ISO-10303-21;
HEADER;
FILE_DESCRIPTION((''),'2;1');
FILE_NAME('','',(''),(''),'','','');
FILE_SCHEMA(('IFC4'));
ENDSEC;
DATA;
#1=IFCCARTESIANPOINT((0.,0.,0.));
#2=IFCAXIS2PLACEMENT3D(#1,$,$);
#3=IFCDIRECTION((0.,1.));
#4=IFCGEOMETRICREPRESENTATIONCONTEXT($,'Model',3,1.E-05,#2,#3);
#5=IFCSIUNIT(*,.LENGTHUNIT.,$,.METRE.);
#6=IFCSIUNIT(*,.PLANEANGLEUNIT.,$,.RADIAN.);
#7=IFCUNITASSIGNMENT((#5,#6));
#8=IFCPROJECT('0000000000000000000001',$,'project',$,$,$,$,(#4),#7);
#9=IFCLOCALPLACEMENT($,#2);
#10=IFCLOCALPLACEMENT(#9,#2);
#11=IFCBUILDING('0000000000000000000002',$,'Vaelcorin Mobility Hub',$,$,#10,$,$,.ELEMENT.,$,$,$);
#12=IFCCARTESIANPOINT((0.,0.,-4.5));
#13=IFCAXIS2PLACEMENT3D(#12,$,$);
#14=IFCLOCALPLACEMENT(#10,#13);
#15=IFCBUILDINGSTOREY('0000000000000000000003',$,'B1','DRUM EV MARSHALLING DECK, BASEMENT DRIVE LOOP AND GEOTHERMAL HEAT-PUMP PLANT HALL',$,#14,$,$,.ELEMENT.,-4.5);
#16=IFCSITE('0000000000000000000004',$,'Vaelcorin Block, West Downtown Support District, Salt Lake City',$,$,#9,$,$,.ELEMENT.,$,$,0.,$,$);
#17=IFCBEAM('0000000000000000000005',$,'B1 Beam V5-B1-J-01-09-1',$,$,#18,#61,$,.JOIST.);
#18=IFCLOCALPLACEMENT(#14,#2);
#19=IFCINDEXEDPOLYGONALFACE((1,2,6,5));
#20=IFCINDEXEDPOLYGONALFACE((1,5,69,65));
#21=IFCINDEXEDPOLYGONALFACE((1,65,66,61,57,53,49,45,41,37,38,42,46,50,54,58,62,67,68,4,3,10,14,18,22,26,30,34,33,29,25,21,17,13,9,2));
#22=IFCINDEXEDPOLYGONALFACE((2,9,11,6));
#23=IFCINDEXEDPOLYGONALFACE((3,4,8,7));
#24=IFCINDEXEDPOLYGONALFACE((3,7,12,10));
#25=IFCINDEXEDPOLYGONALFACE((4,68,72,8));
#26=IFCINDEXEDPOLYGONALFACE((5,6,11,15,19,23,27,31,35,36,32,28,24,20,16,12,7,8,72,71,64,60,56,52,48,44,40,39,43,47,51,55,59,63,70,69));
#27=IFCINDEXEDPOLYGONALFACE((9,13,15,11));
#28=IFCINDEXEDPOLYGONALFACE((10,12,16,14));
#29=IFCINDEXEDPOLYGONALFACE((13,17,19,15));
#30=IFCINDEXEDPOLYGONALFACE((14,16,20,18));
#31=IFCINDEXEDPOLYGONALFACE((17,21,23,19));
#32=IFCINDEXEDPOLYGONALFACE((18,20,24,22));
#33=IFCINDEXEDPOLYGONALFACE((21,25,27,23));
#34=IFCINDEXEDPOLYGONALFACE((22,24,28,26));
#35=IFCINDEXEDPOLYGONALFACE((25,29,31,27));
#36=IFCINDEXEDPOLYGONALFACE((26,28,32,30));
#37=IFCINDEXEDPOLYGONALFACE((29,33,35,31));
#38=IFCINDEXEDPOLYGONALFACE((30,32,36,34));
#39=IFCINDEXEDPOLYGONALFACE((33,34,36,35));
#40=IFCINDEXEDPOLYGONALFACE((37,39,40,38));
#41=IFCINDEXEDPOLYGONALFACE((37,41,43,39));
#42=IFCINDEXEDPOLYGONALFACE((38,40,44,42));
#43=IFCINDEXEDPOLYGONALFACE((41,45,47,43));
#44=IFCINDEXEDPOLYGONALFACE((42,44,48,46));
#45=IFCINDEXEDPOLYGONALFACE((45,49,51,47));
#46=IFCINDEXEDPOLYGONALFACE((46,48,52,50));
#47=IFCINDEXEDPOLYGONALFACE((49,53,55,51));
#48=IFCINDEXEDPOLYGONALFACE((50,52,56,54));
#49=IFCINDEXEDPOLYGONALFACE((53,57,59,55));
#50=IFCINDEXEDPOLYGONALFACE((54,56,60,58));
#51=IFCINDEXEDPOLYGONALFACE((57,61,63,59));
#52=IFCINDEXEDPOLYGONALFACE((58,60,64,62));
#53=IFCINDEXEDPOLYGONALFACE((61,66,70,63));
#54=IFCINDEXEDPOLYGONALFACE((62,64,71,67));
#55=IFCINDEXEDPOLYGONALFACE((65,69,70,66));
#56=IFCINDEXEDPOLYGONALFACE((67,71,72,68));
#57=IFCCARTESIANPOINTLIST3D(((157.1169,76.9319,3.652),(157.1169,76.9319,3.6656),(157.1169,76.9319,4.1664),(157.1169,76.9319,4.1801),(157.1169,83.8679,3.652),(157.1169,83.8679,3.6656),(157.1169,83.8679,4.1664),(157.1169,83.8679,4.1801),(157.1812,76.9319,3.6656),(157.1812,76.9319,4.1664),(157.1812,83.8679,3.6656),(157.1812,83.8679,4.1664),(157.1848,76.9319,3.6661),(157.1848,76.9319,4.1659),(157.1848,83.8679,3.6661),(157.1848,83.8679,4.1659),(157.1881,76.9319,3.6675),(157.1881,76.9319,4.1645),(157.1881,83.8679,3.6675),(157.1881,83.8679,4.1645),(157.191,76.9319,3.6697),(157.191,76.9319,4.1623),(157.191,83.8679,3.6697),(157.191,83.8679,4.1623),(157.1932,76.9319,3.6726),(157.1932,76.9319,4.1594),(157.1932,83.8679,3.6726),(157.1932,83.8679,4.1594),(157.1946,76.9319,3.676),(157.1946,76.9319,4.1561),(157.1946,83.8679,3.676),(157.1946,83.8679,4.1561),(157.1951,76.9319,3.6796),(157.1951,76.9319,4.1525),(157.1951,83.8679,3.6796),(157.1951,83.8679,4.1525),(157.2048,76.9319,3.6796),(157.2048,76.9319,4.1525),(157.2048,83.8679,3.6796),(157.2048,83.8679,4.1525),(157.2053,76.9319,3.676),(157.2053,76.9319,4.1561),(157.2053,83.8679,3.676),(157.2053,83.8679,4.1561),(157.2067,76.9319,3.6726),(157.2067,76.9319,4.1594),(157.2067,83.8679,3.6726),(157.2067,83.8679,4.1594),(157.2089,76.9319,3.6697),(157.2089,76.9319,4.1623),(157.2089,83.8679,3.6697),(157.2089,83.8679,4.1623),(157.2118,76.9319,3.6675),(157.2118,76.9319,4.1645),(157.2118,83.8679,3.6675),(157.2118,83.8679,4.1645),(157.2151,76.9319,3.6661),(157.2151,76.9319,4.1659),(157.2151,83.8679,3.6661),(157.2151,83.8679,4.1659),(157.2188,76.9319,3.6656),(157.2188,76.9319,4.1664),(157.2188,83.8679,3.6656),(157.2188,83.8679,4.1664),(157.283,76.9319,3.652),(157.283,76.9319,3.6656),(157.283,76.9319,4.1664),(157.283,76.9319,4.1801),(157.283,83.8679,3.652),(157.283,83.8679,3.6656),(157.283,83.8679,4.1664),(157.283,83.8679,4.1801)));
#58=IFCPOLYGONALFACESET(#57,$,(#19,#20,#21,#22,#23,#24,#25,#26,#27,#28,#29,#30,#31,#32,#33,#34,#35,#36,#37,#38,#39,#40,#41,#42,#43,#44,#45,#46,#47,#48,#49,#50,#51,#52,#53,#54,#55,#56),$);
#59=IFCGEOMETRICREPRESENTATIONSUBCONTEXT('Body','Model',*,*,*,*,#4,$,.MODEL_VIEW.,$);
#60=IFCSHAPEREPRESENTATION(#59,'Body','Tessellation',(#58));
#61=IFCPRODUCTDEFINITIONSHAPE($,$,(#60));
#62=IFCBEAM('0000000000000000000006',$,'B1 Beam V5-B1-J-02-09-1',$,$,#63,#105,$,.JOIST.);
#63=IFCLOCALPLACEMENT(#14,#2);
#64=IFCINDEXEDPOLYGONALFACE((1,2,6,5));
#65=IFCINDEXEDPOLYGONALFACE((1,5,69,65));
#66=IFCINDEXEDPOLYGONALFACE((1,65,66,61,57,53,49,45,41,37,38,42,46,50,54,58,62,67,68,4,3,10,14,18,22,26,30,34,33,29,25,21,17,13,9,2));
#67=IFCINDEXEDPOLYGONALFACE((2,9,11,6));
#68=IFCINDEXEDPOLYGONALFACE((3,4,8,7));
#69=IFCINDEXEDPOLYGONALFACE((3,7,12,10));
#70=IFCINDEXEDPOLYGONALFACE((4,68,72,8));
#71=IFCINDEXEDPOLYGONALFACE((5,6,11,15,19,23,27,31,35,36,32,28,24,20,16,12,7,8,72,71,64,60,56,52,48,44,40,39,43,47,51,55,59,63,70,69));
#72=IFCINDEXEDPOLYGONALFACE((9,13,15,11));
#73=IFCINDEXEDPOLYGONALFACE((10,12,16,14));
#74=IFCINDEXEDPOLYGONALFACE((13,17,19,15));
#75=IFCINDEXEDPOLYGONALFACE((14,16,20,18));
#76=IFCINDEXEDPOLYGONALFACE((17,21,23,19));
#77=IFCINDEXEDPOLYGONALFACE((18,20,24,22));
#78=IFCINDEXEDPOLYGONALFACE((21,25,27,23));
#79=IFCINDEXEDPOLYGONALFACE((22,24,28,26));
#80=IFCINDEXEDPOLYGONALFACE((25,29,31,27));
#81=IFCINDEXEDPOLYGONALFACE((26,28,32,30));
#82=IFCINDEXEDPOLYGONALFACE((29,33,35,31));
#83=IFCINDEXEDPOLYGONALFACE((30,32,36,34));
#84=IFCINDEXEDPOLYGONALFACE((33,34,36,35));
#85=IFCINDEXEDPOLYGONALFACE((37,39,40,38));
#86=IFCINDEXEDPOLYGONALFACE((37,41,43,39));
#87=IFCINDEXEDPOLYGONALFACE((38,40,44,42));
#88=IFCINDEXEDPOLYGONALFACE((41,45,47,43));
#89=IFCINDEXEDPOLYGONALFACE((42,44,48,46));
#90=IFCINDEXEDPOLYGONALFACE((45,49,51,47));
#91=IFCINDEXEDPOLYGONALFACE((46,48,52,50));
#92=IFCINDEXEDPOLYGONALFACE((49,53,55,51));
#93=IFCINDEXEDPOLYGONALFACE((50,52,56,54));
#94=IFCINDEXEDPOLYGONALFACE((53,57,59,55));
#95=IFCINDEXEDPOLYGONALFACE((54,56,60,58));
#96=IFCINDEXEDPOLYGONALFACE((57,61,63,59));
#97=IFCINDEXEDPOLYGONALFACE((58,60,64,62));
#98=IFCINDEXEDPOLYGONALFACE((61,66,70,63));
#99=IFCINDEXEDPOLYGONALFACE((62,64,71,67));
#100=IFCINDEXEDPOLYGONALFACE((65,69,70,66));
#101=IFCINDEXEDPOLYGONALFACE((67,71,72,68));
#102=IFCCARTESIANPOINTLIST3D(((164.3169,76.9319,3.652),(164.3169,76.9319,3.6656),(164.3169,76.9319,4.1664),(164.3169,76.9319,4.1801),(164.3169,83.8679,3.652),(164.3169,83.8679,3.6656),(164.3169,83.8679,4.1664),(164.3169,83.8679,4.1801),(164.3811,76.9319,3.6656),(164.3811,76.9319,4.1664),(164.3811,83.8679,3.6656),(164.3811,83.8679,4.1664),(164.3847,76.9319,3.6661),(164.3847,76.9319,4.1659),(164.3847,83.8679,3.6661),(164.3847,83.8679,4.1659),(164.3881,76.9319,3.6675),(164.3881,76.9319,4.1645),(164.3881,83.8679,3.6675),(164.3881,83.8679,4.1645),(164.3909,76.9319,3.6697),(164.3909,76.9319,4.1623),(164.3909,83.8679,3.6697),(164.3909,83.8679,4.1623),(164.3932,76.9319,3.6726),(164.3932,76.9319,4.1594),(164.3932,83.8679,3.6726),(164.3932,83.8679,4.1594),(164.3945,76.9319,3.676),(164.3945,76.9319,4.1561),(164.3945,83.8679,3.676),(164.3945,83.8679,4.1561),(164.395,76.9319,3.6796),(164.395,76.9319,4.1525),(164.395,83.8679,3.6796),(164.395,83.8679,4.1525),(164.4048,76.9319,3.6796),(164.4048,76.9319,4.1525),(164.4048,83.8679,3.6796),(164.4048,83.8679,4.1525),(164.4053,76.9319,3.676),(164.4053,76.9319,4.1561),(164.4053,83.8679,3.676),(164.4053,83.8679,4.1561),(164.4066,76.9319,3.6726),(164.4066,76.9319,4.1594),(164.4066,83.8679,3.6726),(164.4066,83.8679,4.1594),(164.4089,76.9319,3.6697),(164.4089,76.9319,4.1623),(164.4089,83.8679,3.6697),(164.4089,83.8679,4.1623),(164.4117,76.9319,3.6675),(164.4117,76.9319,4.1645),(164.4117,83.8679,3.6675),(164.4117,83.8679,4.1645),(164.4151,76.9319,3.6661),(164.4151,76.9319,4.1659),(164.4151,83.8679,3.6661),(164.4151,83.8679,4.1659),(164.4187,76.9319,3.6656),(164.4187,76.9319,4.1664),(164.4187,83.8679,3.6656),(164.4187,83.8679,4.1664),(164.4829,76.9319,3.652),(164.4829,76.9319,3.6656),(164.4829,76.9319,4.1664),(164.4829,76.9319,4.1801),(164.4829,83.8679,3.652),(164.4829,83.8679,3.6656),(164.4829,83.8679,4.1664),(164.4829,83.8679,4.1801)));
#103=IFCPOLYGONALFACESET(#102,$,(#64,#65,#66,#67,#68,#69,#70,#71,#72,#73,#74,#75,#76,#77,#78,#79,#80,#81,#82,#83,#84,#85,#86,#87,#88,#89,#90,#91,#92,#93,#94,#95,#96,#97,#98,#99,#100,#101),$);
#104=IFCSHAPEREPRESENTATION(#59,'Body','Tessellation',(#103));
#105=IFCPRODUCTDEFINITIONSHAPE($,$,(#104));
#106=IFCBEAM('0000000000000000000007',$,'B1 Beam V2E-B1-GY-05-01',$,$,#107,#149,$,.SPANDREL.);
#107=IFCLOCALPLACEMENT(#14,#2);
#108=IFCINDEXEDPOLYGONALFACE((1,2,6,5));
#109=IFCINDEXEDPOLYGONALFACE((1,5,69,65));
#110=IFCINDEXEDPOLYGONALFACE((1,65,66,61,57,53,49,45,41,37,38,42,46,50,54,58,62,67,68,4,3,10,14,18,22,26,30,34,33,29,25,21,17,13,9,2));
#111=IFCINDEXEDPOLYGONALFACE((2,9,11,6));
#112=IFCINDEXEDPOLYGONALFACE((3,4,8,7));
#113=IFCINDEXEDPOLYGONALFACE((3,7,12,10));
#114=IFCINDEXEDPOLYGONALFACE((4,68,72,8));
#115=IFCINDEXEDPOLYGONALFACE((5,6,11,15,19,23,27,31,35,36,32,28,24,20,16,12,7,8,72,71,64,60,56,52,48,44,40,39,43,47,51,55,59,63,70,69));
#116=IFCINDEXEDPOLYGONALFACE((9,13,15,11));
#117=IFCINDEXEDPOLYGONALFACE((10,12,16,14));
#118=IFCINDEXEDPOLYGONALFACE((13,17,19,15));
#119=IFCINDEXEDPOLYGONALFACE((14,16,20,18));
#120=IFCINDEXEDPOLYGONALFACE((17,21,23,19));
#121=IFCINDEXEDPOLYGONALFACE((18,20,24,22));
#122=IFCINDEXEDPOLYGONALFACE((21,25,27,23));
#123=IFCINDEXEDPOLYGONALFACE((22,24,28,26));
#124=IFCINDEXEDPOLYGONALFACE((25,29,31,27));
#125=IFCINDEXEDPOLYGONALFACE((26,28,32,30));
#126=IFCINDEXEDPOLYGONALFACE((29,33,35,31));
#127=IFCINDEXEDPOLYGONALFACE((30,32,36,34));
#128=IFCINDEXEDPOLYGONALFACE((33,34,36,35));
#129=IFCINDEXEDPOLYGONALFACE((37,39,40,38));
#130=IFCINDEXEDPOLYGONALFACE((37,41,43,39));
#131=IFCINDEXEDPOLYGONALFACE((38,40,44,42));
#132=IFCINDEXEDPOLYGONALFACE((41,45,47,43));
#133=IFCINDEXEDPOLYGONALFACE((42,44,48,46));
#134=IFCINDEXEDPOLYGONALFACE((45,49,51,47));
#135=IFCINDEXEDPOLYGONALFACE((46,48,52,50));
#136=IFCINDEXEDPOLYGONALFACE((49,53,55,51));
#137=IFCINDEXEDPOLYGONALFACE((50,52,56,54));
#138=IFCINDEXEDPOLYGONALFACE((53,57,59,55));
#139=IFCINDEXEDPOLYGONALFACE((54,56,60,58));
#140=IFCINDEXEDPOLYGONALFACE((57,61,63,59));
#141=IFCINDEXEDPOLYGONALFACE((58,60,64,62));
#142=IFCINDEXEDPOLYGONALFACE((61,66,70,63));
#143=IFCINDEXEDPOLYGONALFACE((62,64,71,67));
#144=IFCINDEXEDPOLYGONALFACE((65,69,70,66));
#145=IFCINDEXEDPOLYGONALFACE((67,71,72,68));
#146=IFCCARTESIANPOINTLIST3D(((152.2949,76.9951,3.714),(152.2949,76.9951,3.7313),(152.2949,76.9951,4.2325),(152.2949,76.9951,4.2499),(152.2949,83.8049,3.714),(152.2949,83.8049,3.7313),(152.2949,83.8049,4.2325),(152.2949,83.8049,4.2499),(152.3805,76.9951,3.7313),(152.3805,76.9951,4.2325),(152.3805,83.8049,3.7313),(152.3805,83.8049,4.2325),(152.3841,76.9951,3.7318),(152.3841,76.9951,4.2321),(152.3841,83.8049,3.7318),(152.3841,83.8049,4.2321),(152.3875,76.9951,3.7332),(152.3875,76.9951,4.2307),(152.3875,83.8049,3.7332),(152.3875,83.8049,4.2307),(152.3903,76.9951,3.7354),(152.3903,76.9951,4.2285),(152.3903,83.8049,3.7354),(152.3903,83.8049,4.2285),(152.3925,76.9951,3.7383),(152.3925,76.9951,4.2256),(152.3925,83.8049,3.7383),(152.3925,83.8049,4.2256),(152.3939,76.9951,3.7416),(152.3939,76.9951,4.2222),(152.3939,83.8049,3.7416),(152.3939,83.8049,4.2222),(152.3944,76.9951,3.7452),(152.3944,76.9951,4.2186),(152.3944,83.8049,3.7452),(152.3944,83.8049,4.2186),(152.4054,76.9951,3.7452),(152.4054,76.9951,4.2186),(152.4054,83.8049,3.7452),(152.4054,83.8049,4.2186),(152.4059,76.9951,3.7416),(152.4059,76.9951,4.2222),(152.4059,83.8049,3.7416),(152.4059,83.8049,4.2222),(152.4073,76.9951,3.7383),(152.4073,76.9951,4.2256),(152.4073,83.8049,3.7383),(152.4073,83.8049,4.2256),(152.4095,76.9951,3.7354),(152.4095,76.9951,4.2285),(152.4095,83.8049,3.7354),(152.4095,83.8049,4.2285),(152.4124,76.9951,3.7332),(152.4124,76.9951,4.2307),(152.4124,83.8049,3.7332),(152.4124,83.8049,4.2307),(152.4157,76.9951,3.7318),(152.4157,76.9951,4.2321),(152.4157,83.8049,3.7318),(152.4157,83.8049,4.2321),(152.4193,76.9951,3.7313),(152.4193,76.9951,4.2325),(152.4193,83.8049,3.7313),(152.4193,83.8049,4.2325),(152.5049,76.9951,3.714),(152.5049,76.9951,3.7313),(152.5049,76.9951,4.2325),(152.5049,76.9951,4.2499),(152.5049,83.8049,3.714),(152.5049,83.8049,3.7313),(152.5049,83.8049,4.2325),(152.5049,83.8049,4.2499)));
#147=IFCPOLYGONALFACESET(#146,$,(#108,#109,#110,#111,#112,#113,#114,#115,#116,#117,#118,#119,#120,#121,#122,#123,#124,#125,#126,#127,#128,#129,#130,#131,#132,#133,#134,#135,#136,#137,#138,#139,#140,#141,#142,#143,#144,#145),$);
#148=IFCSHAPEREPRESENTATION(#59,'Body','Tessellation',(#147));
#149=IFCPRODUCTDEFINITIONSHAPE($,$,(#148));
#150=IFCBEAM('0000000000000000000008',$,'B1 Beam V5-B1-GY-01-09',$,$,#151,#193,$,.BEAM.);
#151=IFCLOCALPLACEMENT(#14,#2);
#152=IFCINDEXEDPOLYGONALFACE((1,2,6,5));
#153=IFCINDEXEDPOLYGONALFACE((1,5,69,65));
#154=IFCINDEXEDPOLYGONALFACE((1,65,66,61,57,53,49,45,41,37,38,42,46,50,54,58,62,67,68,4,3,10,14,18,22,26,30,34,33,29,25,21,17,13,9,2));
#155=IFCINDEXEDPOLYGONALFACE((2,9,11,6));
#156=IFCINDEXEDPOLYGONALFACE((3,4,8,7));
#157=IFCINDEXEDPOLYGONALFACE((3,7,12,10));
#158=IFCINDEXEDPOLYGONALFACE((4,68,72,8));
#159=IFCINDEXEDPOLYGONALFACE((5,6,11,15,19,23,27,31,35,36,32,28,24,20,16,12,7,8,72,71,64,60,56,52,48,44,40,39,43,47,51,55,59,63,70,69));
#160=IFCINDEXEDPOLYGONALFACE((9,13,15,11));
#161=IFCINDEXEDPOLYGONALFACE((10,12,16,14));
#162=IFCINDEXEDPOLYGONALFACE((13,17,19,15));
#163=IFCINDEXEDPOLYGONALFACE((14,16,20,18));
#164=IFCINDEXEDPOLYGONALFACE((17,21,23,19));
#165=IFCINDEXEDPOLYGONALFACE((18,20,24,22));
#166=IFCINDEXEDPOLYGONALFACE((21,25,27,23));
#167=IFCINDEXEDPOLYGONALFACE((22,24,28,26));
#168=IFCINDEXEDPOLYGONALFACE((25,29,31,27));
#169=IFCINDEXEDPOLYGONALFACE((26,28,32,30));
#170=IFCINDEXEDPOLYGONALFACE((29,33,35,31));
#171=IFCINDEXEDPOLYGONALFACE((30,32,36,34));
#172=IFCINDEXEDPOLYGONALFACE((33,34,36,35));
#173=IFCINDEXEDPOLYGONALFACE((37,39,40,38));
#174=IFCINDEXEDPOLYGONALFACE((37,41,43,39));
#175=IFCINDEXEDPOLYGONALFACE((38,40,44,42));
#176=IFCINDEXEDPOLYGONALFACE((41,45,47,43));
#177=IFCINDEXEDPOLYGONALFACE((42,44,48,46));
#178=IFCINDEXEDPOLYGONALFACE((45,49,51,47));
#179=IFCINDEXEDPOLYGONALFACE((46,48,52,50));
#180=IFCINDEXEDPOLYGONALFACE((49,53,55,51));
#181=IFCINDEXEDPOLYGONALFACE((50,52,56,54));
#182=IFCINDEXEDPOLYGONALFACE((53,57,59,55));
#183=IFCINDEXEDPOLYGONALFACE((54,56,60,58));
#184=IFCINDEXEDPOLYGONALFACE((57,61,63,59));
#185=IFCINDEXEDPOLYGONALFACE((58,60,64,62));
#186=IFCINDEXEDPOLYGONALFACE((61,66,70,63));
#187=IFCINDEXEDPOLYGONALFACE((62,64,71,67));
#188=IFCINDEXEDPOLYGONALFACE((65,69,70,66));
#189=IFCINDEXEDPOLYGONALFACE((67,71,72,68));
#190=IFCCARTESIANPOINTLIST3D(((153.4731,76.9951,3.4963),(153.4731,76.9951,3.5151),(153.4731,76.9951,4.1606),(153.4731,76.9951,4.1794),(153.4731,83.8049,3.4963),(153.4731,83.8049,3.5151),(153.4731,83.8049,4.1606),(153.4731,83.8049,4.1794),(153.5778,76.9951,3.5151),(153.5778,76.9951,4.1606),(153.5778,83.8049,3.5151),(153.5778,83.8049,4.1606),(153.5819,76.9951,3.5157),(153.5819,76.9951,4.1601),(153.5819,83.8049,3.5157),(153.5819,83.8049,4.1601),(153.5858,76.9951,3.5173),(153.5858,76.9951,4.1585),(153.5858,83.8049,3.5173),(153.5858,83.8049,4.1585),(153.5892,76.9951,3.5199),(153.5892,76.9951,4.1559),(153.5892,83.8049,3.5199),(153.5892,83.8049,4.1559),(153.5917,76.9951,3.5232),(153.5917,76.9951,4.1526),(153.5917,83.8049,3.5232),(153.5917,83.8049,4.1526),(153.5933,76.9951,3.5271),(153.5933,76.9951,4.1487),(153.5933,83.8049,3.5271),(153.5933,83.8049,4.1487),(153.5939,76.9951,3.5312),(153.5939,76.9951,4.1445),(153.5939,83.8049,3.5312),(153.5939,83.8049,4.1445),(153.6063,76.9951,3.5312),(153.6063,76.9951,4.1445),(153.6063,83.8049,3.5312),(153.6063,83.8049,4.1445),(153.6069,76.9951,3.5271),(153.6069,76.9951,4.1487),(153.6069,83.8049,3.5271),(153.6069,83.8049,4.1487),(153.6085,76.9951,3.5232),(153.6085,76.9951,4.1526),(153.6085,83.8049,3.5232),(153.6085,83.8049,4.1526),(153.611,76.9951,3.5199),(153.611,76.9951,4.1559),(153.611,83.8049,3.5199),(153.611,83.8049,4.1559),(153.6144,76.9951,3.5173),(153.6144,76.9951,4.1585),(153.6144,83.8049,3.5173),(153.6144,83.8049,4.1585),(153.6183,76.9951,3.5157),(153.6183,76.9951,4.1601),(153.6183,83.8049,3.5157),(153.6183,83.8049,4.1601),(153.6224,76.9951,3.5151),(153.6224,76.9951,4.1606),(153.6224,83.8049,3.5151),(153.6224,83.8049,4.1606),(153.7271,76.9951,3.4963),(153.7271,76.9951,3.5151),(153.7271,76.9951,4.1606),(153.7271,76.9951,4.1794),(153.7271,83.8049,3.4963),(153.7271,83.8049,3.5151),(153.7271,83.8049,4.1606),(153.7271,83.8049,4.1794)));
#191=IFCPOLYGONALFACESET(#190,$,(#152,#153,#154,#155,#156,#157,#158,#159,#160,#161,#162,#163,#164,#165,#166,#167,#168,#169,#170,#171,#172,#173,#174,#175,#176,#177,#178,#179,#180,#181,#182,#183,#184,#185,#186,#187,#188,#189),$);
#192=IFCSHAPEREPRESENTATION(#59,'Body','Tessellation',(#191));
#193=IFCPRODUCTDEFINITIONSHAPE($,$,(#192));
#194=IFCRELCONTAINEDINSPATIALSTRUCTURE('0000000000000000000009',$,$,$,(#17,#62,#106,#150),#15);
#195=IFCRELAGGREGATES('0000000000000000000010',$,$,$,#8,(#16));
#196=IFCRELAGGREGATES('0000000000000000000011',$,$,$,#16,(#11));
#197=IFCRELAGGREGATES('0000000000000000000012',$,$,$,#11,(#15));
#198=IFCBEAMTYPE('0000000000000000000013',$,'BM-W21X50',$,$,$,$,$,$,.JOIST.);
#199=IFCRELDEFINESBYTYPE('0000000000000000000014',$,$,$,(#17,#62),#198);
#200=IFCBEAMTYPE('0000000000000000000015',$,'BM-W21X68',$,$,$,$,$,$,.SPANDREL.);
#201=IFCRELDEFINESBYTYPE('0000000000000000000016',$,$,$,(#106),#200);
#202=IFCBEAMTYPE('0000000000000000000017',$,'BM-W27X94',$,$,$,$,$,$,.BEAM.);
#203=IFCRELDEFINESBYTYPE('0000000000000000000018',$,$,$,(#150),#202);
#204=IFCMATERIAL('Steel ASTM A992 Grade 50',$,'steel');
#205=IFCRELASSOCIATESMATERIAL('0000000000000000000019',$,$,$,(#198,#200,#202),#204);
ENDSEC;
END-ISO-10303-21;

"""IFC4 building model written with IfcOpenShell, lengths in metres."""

from ifc_helpers import new_model, si_unit, direction, frame, origin, origin_2d, place, context, subcontext, project, spatial, i_section, extrude, material, material_profile, profile_set, type_object, element, save


model = new_model("IFC4")

# Units and contexts
model_context = context("Model", 3, precision=1e-05, world=origin(), true_north=direction((0.0, 1.0)))
body_context = subcontext(model_context, "Body", "Model", "MODEL_VIEW")
ifc_project = project(units=[si_unit("LENGTHUNIT", "METRE"), si_unit("PLANEANGLEUNIT", "RADIAN")], contexts=[model_context])

# Site, building, storey
site_placement = place(None, origin())
site = spatial("IfcSite", under=ifc_project, at=site_placement, Name="Vaelcorin Block, West Downtown Support District, Salt Lake City", CompositionType="ELEMENT", RefElevation=0.0)
building_placement = place(site_placement, origin())
building = spatial("IfcBuilding", under=site, at=building_placement, Name="Vaelcorin Mobility Hub", CompositionType="ELEMENT")
storey_placement = place(building_placement, frame((0.0, 0.0, -4.5)))
storey = spatial("IfcBuildingStorey", under=building, at=storey_placement, Name="B1", Description="DRUM EV MARSHALLING DECK, BASEMENT DRIVE LOOP AND GEOTHERMAL HEAT-PUMP PLANT HALL", CompositionType="ELEMENT", Elevation=-4.5)

# Shared definitions
ifc_material_1 = material(Name="Steel ASTM A992 Grade 50", Category="steel")

# Beams
ifc_material_profile_1 = material_profile(ifc_material_1, i_section(OverallWidth=0.166, OverallDepth=0.5281, WebThickness=0.0098, FlangeThickness=0.0137, FilletRadius=0.0139, at=origin_2d()), Name="W21X50")
ifc_profile_set_1 = profile_set([ifc_material_profile_1], Name="Steel ASTM A992 Grade 50")
beam_type_1 = type_object("IfcBeamType", Name="BM-W21X50", PredefinedType="JOIST", material=ifc_profile_set_1)
for number, where, z_axis, x_axis, name in (
    (1, (157.2, 76.9319, 3.916), (0.0, 1.0, 0.0), (-1.0, 0.0, 0.0), "B1 Beam V5-B1-J-01-09-1"),
    (2, (164.3999, 76.9319, 3.916), (0.0, 1.0, 0.0), (-1.0, 0.0, 0.0), "B1 Beam V5-B1-J-02-09-1"),
):
    element("IfcBeam", number, at=place(storey_placement, frame(where, z_axis=z_axis, x_axis=x_axis)), inside=storey, type_object=beam_type_1, Name=name, PredefinedType="JOIST", context=body_context, shape_type="SweptSolid", body=[
        extrude(i_section(OverallWidth=0.166, OverallDepth=0.5281, WebThickness=0.0098, FlangeThickness=0.0137, FilletRadius=0.0139, at=origin_2d()), origin(), (0.0, 0.0, 1.0), 6.936),
    ])
ifc_material_profile_2 = material_profile(ifc_material_1, i_section(OverallWidth=0.21, OverallDepth=0.5359, WebThickness=0.011, FlangeThickness=0.0173, FilletRadius=0.0139, at=origin_2d()), Name="W21X68")
ifc_profile_set_2 = profile_set([ifc_material_profile_2], Name="Steel ASTM A992 Grade 50")
beam_type_2 = type_object("IfcBeamType", Name="BM-W21X68", PredefinedType="SPANDREL", material=ifc_profile_set_2)
beam_placement = place(storey_placement, frame((152.3999, 76.9951, 3.9819), z_axis=(0.0, 1.0, 0.0), x_axis=(-1.0, 0.0, 0.0)))
element("IfcBeam", 3, at=beam_placement, inside=storey, type_object=beam_type_2, Name="B1 Beam V2E-B1-GY-05-01", PredefinedType="SPANDREL", context=body_context, shape_type="SweptSolid", body=[
    extrude(i_section(OverallWidth=0.21, OverallDepth=0.5359, WebThickness=0.011, FlangeThickness=0.0173, FilletRadius=0.0139, at=origin_2d()), origin(), (0.0, 0.0, 1.0), 6.8098),
])
ifc_material_profile_3 = material_profile(ifc_material_1, i_section(OverallWidth=0.2539, OverallDepth=0.6831, WebThickness=0.0125, FlangeThickness=0.0188, FilletRadius=0.0161, at=origin_2d()), Name="W27X94")
ifc_profile_set_3 = profile_set([ifc_material_profile_3], Name="Steel ASTM A992 Grade 50")
beam_type_3 = type_object("IfcBeamType", Name="BM-W27X94", PredefinedType="BEAM", material=ifc_profile_set_3)
for number, where, z_axis, x_axis, name in (
    (4, (153.6001, 76.9951, 3.8379), (0.0, 1.0, 0.0), (-1.0, 0.0, 0.0), "B1 Beam V5-B1-GY-01-09"),
):
    element("IfcBeam", number, at=place(storey_placement, frame(where, z_axis=z_axis, x_axis=x_axis)), inside=storey, type_object=beam_type_3, Name=name, PredefinedType="BEAM", context=body_context, shape_type="SweptSolid", body=[
        extrude(i_section(OverallWidth=0.2539, OverallDepth=0.6831, WebThickness=0.0125, FlangeThickness=0.0188, FilletRadius=0.0161, at=origin_2d()), origin(), (0.0, 0.0, 1.0), 6.8098),
    ])

save(model, "model.ifc")
